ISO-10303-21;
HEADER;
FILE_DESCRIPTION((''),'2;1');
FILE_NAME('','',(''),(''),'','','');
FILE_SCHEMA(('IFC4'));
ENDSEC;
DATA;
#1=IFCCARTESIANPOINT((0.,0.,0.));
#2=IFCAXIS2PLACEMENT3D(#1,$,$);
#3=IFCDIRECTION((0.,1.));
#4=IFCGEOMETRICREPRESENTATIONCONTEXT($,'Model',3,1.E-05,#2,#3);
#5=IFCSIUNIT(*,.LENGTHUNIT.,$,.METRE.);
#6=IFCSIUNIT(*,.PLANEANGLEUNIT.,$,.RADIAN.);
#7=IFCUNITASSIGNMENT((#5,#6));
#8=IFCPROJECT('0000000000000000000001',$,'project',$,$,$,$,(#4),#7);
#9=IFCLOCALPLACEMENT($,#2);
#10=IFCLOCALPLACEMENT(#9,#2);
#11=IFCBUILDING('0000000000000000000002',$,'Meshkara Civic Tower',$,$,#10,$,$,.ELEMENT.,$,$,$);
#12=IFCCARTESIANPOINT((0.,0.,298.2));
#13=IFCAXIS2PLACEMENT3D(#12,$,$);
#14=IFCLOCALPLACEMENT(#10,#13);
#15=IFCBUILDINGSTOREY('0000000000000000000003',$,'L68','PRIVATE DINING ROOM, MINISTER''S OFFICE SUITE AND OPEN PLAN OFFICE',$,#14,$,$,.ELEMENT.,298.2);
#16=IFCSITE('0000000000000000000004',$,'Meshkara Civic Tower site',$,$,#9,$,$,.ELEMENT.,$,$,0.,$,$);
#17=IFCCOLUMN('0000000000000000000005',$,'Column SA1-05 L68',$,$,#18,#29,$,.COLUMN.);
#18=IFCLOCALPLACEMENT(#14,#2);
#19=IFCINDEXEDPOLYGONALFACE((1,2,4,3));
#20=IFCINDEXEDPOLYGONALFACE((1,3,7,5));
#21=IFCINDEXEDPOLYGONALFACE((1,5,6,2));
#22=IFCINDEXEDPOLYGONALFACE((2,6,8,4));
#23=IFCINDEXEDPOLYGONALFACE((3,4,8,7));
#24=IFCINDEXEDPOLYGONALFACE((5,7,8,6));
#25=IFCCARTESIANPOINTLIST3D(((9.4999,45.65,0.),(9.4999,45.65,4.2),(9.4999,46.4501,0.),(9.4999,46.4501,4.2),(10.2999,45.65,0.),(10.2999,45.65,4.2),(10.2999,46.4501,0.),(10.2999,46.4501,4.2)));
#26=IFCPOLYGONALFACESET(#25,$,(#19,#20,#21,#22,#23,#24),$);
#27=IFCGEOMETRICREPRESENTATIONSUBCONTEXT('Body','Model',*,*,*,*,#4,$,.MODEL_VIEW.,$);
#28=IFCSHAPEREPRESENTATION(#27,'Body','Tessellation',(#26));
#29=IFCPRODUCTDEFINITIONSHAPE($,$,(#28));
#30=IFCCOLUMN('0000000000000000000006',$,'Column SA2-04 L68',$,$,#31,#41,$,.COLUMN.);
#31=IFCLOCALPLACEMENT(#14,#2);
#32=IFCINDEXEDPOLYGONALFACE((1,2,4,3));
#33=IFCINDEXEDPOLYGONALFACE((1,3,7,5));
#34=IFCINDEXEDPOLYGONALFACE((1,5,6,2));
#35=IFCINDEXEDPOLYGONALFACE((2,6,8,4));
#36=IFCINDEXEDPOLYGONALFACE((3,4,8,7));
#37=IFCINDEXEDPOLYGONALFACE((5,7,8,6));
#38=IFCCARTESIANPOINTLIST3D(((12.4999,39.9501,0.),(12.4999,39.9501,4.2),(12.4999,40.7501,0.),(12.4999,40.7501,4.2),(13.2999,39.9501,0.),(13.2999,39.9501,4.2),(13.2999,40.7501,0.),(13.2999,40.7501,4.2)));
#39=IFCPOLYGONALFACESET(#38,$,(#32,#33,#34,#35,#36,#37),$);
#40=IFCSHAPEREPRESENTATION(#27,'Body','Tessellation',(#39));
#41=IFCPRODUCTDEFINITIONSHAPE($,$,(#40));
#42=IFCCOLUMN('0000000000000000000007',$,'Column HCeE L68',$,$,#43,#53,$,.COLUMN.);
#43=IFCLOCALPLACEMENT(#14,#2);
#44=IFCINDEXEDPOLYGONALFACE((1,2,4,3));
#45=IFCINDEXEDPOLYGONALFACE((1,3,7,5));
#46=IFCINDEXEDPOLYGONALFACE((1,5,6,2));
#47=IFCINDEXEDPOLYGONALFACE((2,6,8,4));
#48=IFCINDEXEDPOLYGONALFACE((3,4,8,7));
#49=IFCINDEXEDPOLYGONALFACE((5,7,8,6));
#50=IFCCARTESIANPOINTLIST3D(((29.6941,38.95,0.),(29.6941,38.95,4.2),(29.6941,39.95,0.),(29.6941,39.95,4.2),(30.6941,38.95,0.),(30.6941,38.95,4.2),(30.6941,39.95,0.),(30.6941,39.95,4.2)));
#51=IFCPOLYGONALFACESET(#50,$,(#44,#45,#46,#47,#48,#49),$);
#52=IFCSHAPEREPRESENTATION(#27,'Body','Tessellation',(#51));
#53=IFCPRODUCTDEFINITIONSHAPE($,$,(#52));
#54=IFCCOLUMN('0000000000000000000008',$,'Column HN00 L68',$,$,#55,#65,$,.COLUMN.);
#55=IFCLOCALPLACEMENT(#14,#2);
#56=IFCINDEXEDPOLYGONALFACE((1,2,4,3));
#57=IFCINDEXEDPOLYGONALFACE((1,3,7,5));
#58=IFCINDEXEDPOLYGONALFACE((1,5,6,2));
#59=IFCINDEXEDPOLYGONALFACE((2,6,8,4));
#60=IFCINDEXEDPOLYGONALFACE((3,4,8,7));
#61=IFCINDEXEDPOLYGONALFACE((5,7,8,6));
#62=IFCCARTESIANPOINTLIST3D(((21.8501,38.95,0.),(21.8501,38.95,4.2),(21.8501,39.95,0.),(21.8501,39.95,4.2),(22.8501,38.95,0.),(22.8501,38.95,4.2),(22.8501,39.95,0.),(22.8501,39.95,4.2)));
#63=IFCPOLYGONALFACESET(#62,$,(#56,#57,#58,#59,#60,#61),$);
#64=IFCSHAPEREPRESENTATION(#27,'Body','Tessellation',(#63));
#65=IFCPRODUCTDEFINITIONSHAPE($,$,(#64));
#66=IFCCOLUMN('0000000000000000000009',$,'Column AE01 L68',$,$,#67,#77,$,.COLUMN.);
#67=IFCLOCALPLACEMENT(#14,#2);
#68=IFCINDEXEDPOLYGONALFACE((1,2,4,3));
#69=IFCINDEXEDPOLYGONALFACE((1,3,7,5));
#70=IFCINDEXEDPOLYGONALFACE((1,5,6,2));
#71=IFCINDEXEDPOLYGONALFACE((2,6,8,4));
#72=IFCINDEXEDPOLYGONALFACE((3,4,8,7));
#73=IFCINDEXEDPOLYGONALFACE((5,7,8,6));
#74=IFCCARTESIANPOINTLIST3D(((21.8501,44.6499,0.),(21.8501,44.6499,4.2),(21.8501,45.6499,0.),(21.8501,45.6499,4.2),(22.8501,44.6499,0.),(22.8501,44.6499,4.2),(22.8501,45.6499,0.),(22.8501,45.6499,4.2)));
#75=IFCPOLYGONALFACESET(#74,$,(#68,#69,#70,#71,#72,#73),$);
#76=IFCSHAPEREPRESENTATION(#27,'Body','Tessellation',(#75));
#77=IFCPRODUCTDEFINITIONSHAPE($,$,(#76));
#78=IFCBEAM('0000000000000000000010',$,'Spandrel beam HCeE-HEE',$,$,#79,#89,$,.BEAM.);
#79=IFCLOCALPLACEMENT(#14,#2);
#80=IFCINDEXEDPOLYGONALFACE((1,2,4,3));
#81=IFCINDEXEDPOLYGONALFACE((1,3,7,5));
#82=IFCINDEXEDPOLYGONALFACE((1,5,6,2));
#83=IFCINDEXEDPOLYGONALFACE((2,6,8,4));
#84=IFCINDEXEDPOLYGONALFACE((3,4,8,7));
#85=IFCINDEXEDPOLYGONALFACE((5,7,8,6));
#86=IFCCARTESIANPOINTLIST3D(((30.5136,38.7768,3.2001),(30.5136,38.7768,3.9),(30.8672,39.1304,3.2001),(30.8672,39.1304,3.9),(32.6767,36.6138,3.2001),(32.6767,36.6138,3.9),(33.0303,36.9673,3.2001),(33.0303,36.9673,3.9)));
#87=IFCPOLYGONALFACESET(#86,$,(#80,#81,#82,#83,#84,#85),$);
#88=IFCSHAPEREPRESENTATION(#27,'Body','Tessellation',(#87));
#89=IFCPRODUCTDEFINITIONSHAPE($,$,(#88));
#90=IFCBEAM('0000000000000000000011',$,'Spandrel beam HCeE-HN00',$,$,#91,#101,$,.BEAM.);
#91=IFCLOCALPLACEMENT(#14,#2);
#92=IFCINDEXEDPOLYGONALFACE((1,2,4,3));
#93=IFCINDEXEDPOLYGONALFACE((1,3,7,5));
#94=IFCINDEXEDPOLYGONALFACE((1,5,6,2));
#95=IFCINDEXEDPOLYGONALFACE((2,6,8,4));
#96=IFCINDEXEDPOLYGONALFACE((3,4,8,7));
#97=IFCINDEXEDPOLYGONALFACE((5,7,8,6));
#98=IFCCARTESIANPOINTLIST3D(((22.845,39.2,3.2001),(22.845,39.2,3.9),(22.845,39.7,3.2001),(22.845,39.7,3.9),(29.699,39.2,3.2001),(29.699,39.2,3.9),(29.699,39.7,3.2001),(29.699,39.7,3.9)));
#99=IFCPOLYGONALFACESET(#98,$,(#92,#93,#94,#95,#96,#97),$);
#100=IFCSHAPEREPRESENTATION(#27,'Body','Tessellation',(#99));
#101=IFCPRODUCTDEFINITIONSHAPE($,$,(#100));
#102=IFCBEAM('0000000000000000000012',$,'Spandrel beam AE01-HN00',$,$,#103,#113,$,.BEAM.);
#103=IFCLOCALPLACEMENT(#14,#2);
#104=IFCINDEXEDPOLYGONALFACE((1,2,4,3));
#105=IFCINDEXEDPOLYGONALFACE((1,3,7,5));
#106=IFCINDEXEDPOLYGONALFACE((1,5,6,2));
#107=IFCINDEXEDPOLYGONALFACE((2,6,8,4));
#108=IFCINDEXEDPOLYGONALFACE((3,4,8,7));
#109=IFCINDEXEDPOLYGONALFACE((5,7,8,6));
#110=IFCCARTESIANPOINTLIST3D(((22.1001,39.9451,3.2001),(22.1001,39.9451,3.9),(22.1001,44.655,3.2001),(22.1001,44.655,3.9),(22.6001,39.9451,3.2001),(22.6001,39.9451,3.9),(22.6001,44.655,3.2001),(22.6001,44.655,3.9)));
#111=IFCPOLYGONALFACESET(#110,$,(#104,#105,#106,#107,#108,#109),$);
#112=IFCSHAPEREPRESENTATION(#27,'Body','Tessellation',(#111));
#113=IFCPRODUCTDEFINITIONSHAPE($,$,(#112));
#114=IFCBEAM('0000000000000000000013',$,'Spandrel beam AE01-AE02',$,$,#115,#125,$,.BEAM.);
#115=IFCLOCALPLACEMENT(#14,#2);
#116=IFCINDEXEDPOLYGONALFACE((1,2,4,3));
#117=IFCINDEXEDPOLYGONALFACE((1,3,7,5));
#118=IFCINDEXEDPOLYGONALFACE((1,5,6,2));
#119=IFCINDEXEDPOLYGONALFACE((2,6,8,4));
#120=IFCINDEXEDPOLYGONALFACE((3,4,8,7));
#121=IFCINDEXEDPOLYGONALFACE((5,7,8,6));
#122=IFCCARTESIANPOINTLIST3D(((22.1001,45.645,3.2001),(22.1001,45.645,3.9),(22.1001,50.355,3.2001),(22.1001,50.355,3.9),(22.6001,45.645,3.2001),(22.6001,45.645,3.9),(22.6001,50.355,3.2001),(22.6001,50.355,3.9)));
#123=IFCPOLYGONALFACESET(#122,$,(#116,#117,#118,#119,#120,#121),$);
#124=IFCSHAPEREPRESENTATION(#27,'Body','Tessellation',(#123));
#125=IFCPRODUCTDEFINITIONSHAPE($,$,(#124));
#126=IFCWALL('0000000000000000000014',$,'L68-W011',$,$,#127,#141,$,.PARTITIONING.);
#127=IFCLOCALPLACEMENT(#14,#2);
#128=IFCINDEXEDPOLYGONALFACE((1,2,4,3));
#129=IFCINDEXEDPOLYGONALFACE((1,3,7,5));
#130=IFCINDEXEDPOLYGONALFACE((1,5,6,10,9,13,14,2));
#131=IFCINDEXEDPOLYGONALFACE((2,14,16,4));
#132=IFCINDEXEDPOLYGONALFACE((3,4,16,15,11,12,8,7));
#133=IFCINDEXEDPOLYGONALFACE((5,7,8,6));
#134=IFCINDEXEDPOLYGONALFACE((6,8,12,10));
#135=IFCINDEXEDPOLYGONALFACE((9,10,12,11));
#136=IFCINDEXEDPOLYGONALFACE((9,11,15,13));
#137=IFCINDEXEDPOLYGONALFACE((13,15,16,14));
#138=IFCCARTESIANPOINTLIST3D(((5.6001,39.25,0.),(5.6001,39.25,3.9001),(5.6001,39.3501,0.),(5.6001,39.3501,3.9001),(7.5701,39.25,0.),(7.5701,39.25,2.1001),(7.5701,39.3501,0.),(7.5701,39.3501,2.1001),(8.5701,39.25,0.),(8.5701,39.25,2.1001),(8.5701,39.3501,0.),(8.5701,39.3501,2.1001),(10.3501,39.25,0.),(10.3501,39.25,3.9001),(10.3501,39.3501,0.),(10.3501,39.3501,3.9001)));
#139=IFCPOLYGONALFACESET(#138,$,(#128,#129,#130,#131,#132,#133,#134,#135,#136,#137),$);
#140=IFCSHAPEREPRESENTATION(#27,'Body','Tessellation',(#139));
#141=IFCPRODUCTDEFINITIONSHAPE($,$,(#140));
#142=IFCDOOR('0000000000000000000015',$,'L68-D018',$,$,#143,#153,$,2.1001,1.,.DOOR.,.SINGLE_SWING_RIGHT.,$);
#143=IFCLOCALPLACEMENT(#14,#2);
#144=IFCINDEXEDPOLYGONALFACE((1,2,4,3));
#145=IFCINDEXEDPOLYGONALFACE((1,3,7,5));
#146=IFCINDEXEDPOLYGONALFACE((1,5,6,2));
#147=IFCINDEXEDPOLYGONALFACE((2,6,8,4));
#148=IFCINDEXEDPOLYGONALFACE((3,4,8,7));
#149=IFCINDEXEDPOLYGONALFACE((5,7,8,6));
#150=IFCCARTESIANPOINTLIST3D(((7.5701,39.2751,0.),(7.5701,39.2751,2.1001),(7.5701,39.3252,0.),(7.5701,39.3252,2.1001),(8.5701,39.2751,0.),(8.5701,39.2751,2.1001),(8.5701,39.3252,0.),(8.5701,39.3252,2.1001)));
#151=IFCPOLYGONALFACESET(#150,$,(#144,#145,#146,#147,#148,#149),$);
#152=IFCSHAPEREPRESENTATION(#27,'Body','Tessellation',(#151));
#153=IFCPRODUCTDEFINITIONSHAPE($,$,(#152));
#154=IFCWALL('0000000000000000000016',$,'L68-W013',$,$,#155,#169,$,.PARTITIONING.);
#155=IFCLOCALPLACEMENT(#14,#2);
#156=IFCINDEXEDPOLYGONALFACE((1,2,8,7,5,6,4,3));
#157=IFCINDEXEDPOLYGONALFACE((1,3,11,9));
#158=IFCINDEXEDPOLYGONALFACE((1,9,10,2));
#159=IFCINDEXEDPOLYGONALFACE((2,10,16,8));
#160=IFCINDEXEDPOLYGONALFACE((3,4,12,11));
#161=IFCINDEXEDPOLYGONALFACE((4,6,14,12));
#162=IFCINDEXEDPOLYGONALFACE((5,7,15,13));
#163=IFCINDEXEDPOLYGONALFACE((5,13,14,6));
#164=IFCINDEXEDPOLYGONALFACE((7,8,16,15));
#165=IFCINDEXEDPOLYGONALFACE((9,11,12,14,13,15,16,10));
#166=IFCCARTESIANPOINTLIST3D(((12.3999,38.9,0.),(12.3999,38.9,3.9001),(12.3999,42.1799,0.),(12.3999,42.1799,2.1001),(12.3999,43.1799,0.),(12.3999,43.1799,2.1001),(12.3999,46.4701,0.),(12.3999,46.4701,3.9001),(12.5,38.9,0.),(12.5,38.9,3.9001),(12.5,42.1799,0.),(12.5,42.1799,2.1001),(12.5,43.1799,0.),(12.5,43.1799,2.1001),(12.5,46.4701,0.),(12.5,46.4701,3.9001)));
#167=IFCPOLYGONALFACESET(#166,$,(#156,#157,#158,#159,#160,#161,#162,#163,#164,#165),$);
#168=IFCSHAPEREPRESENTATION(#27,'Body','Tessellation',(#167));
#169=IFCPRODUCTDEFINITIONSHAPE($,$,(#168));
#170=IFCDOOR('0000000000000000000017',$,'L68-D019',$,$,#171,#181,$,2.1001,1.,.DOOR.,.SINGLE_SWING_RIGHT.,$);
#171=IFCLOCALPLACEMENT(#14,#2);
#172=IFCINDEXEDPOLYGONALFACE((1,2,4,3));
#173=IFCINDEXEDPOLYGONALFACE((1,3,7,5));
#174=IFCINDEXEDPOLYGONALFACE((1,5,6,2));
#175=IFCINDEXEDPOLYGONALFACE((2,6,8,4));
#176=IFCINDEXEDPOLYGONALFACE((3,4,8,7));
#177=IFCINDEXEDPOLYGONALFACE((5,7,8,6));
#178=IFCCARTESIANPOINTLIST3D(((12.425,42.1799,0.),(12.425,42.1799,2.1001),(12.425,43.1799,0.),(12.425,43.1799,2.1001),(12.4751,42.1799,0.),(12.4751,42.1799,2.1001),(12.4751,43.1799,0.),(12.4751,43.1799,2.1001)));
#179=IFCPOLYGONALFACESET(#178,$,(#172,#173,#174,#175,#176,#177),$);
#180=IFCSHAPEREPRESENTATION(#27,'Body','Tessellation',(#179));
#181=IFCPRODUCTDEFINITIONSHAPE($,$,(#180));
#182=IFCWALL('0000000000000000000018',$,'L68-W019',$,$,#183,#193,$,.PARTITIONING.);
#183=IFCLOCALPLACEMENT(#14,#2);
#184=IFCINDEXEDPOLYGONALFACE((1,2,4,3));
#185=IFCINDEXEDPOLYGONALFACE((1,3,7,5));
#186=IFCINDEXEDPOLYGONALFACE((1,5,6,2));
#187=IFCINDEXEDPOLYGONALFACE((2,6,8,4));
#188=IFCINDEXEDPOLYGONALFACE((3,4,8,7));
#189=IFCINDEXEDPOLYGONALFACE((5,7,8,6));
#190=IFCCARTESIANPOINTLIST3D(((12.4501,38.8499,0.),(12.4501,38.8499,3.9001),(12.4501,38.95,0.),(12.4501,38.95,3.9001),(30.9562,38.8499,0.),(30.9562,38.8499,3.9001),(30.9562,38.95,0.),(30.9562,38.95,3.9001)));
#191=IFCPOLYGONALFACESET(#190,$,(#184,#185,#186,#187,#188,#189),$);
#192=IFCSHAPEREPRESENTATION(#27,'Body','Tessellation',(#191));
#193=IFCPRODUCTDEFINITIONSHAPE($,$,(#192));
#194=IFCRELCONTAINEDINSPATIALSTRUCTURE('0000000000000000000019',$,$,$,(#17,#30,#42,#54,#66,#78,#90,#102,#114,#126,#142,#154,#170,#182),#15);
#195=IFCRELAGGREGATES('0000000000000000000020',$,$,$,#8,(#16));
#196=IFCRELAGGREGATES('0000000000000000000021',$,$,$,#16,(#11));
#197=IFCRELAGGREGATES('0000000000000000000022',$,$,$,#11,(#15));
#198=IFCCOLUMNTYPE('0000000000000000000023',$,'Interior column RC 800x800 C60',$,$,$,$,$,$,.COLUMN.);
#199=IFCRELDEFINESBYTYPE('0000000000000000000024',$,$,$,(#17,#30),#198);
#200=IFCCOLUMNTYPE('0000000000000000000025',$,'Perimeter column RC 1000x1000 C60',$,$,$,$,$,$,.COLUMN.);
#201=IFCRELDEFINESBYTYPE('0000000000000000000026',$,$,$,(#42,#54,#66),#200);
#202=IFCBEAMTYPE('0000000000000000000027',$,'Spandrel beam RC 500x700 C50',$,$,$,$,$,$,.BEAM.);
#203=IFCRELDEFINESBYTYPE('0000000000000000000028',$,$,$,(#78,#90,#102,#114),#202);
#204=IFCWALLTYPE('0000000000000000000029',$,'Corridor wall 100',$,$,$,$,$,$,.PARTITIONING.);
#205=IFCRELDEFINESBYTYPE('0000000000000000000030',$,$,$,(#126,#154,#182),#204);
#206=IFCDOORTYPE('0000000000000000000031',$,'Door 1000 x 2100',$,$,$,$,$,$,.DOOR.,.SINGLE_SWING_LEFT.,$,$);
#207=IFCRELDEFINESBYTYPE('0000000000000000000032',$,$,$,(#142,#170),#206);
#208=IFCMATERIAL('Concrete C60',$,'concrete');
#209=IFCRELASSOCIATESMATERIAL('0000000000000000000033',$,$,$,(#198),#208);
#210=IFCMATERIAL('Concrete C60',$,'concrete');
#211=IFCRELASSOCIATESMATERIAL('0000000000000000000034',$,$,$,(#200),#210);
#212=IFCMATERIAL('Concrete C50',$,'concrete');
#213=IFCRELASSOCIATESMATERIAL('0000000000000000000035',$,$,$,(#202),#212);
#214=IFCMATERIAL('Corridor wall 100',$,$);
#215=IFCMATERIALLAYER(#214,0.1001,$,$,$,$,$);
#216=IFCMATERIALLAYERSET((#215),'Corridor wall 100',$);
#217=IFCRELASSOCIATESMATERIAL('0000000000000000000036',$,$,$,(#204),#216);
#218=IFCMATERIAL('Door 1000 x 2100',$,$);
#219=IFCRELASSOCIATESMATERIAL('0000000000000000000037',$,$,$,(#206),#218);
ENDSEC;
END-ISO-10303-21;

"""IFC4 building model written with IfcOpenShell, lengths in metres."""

from ifc_helpers import new_model, si_unit, direction, frame, frame_2d, origin, origin_2d, place, context, subcontext, project, spatial, rectangle, extrude, material, layer, layer_set, material_profile, profile_set, type_object, element, fill, save


model = new_model("IFC4")

# Units and contexts
model_context = context("Model", 3, precision=1e-05, world=origin(), true_north=direction((0.0, 1.0)))
body_context = subcontext(model_context, "Body", "Model", "MODEL_VIEW")
ifc_project = project(units=[si_unit("LENGTHUNIT", "METRE"), si_unit("PLANEANGLEUNIT", "RADIAN")], contexts=[model_context])

# Site, building, storey
site_placement = place(None, origin())
site = spatial("IfcSite", under=ifc_project, at=site_placement, Name="Meshkara Civic Tower site", CompositionType="ELEMENT", RefElevation=0.0)
building_placement = place(site_placement, origin())
building = spatial("IfcBuilding", under=site, at=building_placement, Name="Meshkara Civic Tower", CompositionType="ELEMENT")
storey_placement = place(building_placement, frame((0.0, 0.0, 298.2)))
storey = spatial("IfcBuildingStorey", under=building, at=storey_placement, Name="L68", Description="PRIVATE DINING ROOM, MINISTER'S OFFICE SUITE AND OPEN PLAN OFFICE", CompositionType="ELEMENT", Elevation=298.2)

# Columns
ifc_material_1 = material(Name="Concrete C60", Category="concrete")
ifc_material_profile_1 = material_profile(ifc_material_1, rectangle(XDim=0.8, YDim=0.8, at=origin_2d()))
ifc_profile_set_1 = profile_set([ifc_material_profile_1], Name="Concrete C60")
column_type_1 = type_object("IfcColumnType", Name="Interior column RC 800x800 C60", PredefinedType="COLUMN", material=ifc_profile_set_1)
for number, where, z_axis, x_axis, name in (
    (1, (9.8999, 46.05, 0.0), (0.0, 0.0, 1.0), (1.0, 0.0, 0.0), "Column SA1-05 L68"),
    (2, (12.8999, 40.3501, 0.0), (0.0, 0.0, 1.0), (1.0, 0.0, 0.0), "Column SA2-04 L68"),
):
    element("IfcColumn", number, at=place(storey_placement, frame(where, z_axis=z_axis, x_axis=x_axis)), inside=storey, type_object=column_type_1, Name=name, PredefinedType="COLUMN", context=body_context, shape_type="SweptSolid", body=[
        extrude(rectangle(XDim=0.8, YDim=0.8, at=origin_2d()), origin(), (0.0, 0.0, 1.0), 4.2),
    ])
ifc_material_2 = material(Name="Concrete C60", Category="concrete")
ifc_material_profile_2 = material_profile(ifc_material_2, rectangle(XDim=1.0, YDim=1.0, at=origin_2d()))
ifc_profile_set_2 = profile_set([ifc_material_profile_2], Name="Concrete C60")
column_type_2 = type_object("IfcColumnType", Name="Perimeter column RC 1000x1000 C60", PredefinedType="COLUMN", material=ifc_profile_set_2)
for number, where, z_axis, x_axis, name in (
    (3, (30.1941, 39.45, 0.0), (0.0, 0.0, 1.0), (1.0, 0.0, 0.0), "Column HCeE L68"),
    (4, (22.3501, 39.45, 0.0), (0.0, 0.0, 1.0), (1.0, 0.0, 0.0), "Column HN00 L68"),
    (5, (22.3501, 45.1499, 0.0), (0.0, 0.0, 1.0), (1.0, 0.0, 0.0), "Column AE01 L68"),
):
    element("IfcColumn", number, at=place(storey_placement, frame(where, z_axis=z_axis, x_axis=x_axis)), inside=storey, type_object=column_type_2, Name=name, PredefinedType="COLUMN", context=body_context, shape_type="SweptSolid", body=[
        extrude(rectangle(XDim=1.0, YDim=1.0, at=origin_2d()), origin(), (0.0, 0.0, 1.0), 4.2),
    ])

# Beams
ifc_material_3 = material(Name="Concrete C50", Category="concrete")
ifc_material_profile_3 = material_profile(ifc_material_3, rectangle(XDim=0.5, YDim=0.7, at=origin_2d()))
ifc_profile_set_3 = profile_set([ifc_material_profile_3], Name="Concrete C50")
beam_type = type_object("IfcBeamType", Name="Spandrel beam RC 500x700 C50", PredefinedType="BEAM", material=ifc_profile_set_3)
beam_1_placement = place(storey_placement, frame((32.8535, 36.7905, 3.55), z_axis=(-0.707107, 0.707107, 0.0), x_axis=(-0.707107, -0.707107, 0.0)))
element("IfcBeam", 6, at=beam_1_placement, inside=storey, type_object=beam_type, Name="Spandrel beam HCeE-HEE", PredefinedType="BEAM", context=body_context, shape_type="SweptSolid", body=[
    extrude(rectangle(XDim=0.5, YDim=0.7, at=origin_2d()), origin(), (0.0, 0.0, 1.0), 3.0591),
])
beam_2_placement = place(storey_placement, frame((29.699, 39.45, 3.55), z_axis=(-1.0, 0.0, 0.0), x_axis=(0.0, -1.0, 0.0)))
element("IfcBeam", 7, at=beam_2_placement, inside=storey, type_object=beam_type, Name="Spandrel beam HCeE-HN00", PredefinedType="BEAM", context=body_context, shape_type="SweptSolid", body=[
    extrude(rectangle(XDim=0.5, YDim=0.7, at=origin_2d()), origin(), (0.0, 0.0, 1.0), 6.854),
])
for number, where, z_axis, x_axis, name in (
    (8, (22.3501, 39.9451, 3.55), (0.0, 1.0, 0.0), (-1.0, 0.0, 0.0), "Spandrel beam AE01-HN00"),
    (9, (22.3501, 45.645, 3.55), (0.0, 1.0, 0.0), (-1.0, 0.0, 0.0), "Spandrel beam AE01-AE02"),
):
    element("IfcBeam", number, at=place(storey_placement, frame(where, z_axis=z_axis, x_axis=x_axis)), inside=storey, type_object=beam_type, Name=name, PredefinedType="BEAM", context=body_context, shape_type="SweptSolid", body=[
        extrude(rectangle(XDim=0.5, YDim=0.7, at=origin_2d()), origin(), (0.0, 0.0, 1.0), 4.71),
    ])

# Walls, openings, doors
ifc_material_4 = material(Name="Corridor wall 100")
ifc_layer_1 = layer(ifc_material_4, 0.1001)
ifc_layer_set_1 = layer_set([ifc_layer_1], Name="Corridor wall 100")
wall_type_1 = type_object("IfcWallType", Name="Corridor wall 100", PredefinedType="PARTITIONING", material=ifc_layer_set_1)
wall_1_placement = place(storey_placement, frame((10.3501, 39.3, 0.0), z_axis=(0.0, 0.0, 1.0), x_axis=(-1.0, 0.0, 0.0)))
wall_1 = element("IfcWall", 10, at=wall_1_placement, inside=storey, type_object=wall_type_1, Name="L68-W011", PredefinedType="PARTITIONING", context=body_context, shape_type="SweptSolid", body=[
    extrude(rectangle(XDim=4.75, YDim=0.1001, at=frame_2d((2.375, 0.0))), origin(), (0.0, 0.0, 1.0), 3.9001),
])
opening_1_placement = place(wall_1_placement, frame((1.78, 0.0, 0.0)))
opening_1 = element("IfcOpeningElement", 11, at=opening_1_placement, cuts=wall_1, PredefinedType="OPENING", context=body_context, shape_type="SweptSolid", body=[
    extrude(rectangle(XDim=1.0, YDim=2.1001, at=frame_2d((0.5, 1.05))), frame((0.0, 0.0601, 0.0), z_axis=(0.0, -1.0, 0.0), x_axis=(1.0, 0.0, 0.0)), (0.0, 0.0, 1.0), 0.1201),
])
ifc_material_5 = material(Name="Door 1000 x 2100")
door_type = type_object("IfcDoorType", Name="Door 1000 x 2100", OperationType="SINGLE_SWING_LEFT", PredefinedType="DOOR", material=ifc_material_5)
door_1_placement = place(opening_1_placement, origin())
door_1 = element("IfcDoor", 12, at=door_1_placement, inside=storey, type_object=door_type, Name="L68-D018", OperationType="SINGLE_SWING_RIGHT", OverallHeight=2.1001, OverallWidth=1.0, PredefinedType="DOOR", context=body_context, shape_type="SweptSolid", body=[
    extrude(rectangle(XDim=1.0, YDim=2.1001, at=frame_2d((0.5, 1.05))), frame((0.0, 0.0249, 0.0), z_axis=(0.0, -1.0, 0.0), x_axis=(1.0, 0.0, 0.0)), (0.0, 0.0, 1.0), 0.05),
])
fill(opening_1, door_1)
wall_2_placement = place(storey_placement, frame((12.45, 38.8999, 0.0), z_axis=(0.0, 0.0, 1.0), x_axis=(0.0, 1.0, 0.0)))
wall_2 = element("IfcWall", 13, at=wall_2_placement, inside=storey, type_object=wall_type_1, Name="L68-W013", PredefinedType="PARTITIONING", context=body_context, shape_type="SweptSolid", body=[
    extrude(rectangle(XDim=7.5701, YDim=0.1001, at=frame_2d((3.7852, 0.0))), origin(), (0.0, 0.0, 1.0), 3.9001),
])
opening_2_placement = place(wall_2_placement, frame((3.28, 0.0, 0.0)))
opening_2 = element("IfcOpeningElement", 14, at=opening_2_placement, cuts=wall_2, PredefinedType="OPENING", context=body_context, shape_type="SweptSolid", body=[
    extrude(rectangle(XDim=1.0, YDim=2.1001, at=frame_2d((0.5, 1.05))), frame((0.0, 0.0601, 0.0), z_axis=(0.0, -1.0, 0.0), x_axis=(1.0, 0.0, 0.0)), (0.0, 0.0, 1.0), 0.1201),
])
door_2_placement = place(opening_2_placement, origin())
door_2 = element("IfcDoor", 15, at=door_2_placement, inside=storey, type_object=door_type, Name="L68-D019", OperationType="SINGLE_SWING_RIGHT", OverallHeight=2.1001, OverallWidth=1.0, PredefinedType="DOOR", context=body_context, shape_type="SweptSolid", body=[
    extrude(rectangle(XDim=1.0, YDim=2.1001, at=frame_2d((0.5, 1.05))), frame((0.0, 0.0249, 0.0), z_axis=(0.0, -1.0, 0.0), x_axis=(1.0, 0.0, 0.0)), (0.0, 0.0, 1.0), 0.05),
])
fill(opening_2, door_2)

# Wall
wall_3_placement = place(storey_placement, frame((30.9561, 38.8999, 0.0), z_axis=(0.0, 0.0, 1.0), x_axis=(-1.0, 0.0, 0.0)))
element("IfcWall", 16, at=wall_3_placement, inside=storey, type_object=wall_type_1, Name="L68-W019", PredefinedType="PARTITIONING", context=body_context, shape_type="SweptSolid", body=[
    extrude(rectangle(XDim=18.5061, YDim=0.1001, at=frame_2d((9.2529, 0.0))), origin(), (0.0, 0.0, 1.0), 3.9001),
])

save(model, "model.ifc")
